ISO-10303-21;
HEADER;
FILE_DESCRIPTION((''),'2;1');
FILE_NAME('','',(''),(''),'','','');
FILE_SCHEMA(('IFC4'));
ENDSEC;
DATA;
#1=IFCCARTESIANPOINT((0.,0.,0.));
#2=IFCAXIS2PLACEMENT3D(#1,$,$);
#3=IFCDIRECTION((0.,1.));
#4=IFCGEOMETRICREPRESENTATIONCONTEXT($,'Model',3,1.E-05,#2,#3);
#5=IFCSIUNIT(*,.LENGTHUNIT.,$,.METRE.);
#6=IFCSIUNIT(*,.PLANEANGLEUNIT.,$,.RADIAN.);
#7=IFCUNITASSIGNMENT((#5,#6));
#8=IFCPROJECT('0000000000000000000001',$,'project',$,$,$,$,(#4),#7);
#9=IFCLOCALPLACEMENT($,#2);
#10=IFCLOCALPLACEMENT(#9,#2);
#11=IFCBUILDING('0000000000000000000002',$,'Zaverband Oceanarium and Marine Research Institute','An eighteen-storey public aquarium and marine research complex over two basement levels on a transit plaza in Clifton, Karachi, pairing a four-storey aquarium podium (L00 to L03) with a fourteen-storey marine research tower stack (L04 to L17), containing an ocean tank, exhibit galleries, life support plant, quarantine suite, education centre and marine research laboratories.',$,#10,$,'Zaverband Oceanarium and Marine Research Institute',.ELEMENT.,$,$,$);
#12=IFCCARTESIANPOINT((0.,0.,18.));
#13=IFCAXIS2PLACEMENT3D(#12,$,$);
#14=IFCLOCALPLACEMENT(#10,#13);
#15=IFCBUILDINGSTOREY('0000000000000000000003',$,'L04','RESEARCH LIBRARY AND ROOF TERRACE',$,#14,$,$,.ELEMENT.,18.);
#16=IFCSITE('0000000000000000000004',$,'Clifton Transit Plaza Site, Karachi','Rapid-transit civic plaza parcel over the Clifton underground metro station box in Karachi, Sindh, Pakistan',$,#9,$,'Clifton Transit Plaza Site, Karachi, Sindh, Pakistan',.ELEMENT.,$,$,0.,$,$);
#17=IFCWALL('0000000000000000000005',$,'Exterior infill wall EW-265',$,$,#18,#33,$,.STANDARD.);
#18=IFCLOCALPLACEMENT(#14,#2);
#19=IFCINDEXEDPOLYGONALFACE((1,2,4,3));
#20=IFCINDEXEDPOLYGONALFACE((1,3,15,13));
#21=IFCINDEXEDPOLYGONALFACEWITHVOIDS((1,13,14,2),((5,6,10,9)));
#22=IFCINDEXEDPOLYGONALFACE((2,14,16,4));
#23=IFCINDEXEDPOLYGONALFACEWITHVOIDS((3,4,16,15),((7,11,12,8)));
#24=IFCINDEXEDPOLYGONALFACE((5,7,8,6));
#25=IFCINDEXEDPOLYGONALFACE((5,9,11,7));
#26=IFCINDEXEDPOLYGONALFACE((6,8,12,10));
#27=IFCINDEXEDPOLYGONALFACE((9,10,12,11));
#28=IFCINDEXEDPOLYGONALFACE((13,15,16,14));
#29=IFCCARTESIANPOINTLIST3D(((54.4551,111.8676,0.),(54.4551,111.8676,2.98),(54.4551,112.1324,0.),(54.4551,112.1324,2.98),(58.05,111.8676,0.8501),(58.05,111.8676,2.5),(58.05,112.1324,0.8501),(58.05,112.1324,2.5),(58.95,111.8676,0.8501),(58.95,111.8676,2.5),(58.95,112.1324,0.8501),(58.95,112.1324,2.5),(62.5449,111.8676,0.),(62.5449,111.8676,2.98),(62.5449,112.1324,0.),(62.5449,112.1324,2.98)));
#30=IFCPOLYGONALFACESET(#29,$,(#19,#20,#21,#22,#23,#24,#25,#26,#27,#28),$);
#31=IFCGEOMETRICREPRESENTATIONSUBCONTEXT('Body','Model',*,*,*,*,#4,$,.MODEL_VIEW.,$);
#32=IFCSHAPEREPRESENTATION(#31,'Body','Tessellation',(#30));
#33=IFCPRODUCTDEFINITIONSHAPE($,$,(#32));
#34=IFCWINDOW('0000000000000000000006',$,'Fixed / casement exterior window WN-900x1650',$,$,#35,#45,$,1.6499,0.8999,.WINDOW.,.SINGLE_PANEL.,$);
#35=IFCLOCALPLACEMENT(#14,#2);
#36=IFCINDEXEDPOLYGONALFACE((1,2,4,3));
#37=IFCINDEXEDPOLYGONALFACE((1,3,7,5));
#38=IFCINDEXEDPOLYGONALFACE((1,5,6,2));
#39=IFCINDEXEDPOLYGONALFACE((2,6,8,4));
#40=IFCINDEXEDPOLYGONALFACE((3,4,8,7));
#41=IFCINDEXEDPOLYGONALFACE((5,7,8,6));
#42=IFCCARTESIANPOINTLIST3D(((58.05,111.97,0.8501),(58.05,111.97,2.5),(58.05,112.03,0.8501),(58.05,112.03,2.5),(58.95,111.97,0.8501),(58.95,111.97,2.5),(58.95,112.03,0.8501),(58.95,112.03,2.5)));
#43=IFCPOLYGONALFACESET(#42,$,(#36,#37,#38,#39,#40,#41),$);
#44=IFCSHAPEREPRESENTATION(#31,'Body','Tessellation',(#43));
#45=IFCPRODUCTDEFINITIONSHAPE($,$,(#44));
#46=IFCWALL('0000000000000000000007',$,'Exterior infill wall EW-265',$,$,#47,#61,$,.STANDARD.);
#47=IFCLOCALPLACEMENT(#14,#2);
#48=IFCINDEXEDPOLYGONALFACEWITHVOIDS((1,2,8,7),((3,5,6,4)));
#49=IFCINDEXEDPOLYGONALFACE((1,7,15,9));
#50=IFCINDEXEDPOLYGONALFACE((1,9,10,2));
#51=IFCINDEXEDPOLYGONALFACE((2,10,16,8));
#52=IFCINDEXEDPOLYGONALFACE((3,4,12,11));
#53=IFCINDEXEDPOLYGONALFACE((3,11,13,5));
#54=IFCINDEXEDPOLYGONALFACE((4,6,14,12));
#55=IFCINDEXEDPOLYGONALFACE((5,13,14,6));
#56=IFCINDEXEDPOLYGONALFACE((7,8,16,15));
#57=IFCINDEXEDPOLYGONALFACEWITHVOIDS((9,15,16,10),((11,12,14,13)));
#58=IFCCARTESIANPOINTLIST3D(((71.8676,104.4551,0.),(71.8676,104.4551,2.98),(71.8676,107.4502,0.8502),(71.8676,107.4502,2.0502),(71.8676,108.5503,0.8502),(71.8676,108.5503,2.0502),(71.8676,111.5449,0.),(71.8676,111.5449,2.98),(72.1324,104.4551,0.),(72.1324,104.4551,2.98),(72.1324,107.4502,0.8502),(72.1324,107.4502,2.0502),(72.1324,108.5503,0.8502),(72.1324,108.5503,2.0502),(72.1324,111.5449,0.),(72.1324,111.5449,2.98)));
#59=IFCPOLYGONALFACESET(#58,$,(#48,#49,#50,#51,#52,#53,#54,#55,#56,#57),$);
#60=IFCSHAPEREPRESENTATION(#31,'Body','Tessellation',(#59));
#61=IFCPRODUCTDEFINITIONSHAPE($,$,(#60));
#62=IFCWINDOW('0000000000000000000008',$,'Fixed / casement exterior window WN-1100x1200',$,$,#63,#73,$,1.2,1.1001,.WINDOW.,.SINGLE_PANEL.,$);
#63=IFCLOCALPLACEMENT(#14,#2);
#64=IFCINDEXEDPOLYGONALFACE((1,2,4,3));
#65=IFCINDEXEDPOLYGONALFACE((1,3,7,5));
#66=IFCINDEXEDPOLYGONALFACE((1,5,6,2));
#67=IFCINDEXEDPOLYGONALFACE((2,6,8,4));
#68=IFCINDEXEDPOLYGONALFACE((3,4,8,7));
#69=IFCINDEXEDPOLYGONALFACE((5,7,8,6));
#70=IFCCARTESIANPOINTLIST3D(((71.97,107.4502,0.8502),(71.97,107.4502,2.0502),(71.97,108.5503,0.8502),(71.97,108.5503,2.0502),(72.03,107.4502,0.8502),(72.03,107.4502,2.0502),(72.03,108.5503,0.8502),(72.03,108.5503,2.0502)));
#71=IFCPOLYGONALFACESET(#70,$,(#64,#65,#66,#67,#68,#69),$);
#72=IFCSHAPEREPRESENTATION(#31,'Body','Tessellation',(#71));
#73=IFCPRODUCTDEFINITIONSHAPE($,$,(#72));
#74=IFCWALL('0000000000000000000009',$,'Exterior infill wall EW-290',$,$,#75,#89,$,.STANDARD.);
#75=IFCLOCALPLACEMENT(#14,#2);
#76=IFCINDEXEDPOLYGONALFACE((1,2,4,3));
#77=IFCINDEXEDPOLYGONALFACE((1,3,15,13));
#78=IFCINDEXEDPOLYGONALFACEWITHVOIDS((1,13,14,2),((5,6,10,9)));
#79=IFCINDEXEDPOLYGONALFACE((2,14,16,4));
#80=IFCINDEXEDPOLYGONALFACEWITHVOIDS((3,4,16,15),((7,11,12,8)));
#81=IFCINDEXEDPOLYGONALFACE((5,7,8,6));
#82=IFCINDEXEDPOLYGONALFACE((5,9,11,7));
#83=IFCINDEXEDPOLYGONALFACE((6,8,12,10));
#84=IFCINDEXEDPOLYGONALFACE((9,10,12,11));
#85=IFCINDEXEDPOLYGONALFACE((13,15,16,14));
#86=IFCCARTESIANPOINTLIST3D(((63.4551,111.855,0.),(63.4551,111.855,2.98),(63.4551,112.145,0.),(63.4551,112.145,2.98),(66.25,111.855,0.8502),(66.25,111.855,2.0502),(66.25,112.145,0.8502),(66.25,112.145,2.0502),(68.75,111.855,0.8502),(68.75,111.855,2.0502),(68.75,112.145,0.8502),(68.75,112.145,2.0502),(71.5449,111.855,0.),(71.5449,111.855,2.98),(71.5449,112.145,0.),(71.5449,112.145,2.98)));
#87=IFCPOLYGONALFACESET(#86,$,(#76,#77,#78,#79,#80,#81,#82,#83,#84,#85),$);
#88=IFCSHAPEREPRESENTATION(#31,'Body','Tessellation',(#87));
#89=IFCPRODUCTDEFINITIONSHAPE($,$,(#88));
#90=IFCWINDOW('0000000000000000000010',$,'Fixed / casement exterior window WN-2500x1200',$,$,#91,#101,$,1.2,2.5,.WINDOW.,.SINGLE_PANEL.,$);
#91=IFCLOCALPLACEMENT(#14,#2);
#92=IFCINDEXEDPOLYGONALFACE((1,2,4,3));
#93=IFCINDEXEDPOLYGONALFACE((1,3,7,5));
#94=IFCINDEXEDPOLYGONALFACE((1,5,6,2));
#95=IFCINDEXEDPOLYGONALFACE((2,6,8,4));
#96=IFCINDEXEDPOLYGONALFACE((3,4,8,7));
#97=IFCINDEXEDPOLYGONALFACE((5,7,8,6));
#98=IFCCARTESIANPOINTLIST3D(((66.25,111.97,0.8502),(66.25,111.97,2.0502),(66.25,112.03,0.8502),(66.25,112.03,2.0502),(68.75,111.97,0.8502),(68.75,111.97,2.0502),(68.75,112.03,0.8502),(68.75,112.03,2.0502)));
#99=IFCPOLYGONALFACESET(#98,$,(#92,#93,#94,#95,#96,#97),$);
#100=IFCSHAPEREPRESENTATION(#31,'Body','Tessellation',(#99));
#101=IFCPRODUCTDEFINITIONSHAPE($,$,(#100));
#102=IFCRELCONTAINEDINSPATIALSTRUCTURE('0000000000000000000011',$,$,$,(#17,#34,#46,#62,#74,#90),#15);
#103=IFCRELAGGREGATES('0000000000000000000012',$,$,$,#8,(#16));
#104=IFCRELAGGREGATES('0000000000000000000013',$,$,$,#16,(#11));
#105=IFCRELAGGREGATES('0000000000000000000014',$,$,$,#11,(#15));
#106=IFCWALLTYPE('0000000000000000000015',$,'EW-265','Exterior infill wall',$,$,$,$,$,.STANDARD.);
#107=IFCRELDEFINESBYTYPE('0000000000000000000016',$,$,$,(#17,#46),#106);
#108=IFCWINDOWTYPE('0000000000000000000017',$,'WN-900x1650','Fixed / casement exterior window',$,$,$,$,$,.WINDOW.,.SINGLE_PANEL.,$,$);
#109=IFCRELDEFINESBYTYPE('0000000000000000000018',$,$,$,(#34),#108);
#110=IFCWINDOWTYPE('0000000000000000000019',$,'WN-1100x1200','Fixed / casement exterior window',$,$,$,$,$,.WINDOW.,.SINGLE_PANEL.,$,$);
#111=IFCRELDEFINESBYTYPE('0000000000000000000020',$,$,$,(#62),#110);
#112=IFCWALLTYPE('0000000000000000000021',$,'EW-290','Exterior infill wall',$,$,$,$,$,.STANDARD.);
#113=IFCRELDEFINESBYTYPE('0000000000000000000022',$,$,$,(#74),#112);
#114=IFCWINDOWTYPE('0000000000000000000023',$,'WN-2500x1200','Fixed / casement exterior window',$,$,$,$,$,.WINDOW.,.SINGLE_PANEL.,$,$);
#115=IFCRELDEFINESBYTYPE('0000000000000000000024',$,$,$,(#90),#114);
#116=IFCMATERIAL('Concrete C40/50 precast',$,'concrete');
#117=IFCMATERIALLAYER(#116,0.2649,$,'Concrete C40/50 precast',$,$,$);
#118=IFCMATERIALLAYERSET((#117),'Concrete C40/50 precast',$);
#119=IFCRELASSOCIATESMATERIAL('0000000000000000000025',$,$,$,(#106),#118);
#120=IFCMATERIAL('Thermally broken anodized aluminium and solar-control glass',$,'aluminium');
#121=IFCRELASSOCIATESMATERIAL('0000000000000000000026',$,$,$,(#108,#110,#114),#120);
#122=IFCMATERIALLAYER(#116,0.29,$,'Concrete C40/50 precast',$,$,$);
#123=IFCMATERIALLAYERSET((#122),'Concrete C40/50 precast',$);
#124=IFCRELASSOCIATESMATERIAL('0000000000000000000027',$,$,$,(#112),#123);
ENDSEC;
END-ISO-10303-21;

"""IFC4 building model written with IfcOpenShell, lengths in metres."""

from ifc_helpers import new_model, si_unit, direction, frame, frame_2d, origin, place, context, subcontext, project, spatial, rectangle, extrude, material, layer, layer_set, type_object, element, fill, save


model = new_model("IFC4")

# Units and contexts
model_context = context("Model", 3, precision=1e-05, world=origin(), true_north=direction((0.0, 1.0)))
body_context = subcontext(model_context, "Body", "Model", "MODEL_VIEW")
ifc_project = project(units=[si_unit("LENGTHUNIT", "METRE"), si_unit("PLANEANGLEUNIT", "RADIAN")], contexts=[model_context])

# Site, building, storey
site_placement = place(None, origin())
site = spatial("IfcSite", under=ifc_project, at=site_placement, Name="Clifton Transit Plaza Site, Karachi", Description="Rapid-transit civic plaza parcel over the Clifton underground metro station box in Karachi, Sindh, Pakistan", LongName="Clifton Transit Plaza Site, Karachi, Sindh, Pakistan", CompositionType="ELEMENT", RefElevation=0.0)
building_placement = place(site_placement, origin())
building = spatial("IfcBuilding", under=site, at=building_placement, Name="Zaverband Oceanarium and Marine Research Institute", Description="An eighteen-storey public aquarium and marine research complex over two basement levels on a transit plaza in Clifton, Karachi, pairing a four-storey aquarium podium (L00 to L03) with a fourteen-storey marine research tower stack (L04 to L17), containing an ocean tank, exhibit galleries, life support plant, quarantine suite, education centre and marine research laboratories.", LongName="Zaverband Oceanarium and Marine Research Institute", CompositionType="ELEMENT")
storey_placement = place(building_placement, frame((0.0, 0.0, 18.0)))
storey = spatial("IfcBuildingStorey", under=building, at=storey_placement, Name="L04", Description="RESEARCH LIBRARY AND ROOF TERRACE", CompositionType="ELEMENT", Elevation=18.0)

# Walls, openings, windows
ifc_material_1 = material(Name="Concrete C40/50 precast", Category="concrete")
ifc_layer_1 = layer(ifc_material_1, 0.2649, Name="Concrete C40/50 precast")
ifc_layer_set_1 = layer_set([ifc_layer_1], Name="Concrete C40/50 precast")
wall_type_1 = type_object("IfcWallType", Name="EW-265", Description="Exterior infill wall", PredefinedType="STANDARD", material=ifc_layer_set_1)
wall_1_placement = place(storey_placement, frame((54.4551, 112.0, 0.0), z_axis=(0.0, 0.0, 1.0), x_axis=(1.0, 0.0, 0.0)))
wall_1 = element("IfcWall", 1, at=wall_1_placement, inside=storey, type_object=wall_type_1, Name="Exterior infill wall EW-265", PredefinedType="STANDARD", context=body_context, shape_type="SweptSolid", body=[
    extrude(rectangle(XDim=8.0898, YDim=0.2649, at=frame_2d((4.0449, 0.0))), origin(), (0.0, 0.0, 1.0), 2.98),
])
opening_1_placement = place(wall_1_placement, frame((3.595, 0.0, 0.8501)))
opening_1 = element("IfcOpeningElement", 2, at=opening_1_placement, cuts=wall_1, PredefinedType="OPENING", context=body_context, shape_type="SweptSolid", body=[
    extrude(rectangle(XDim=0.8999, YDim=1.6499, at=frame_2d((0.45, 0.825))), frame((0.0, 0.1445, 0.0), z_axis=(0.0, -1.0, 0.0), x_axis=(1.0, 0.0, 0.0)), (0.0, 0.0, 1.0), 0.2888),
])
ifc_material_2 = material(Name="Thermally broken anodized aluminium and solar-control glass", Category="aluminium")
window_type_1 = type_object("IfcWindowType", Name="WN-900x1650", Description="Fixed / casement exterior window", PartitioningType="SINGLE_PANEL", PredefinedType="WINDOW", material=ifc_material_2)
window_1_placement = place(opening_1_placement, origin())
window_1 = element("IfcWindow", 3, at=window_1_placement, inside=storey, type_object=window_type_1, Name="Fixed / casement exterior window WN-900x1650", OverallHeight=1.6499, OverallWidth=0.8999, PartitioningType="SINGLE_PANEL", PredefinedType="WINDOW", context=body_context, shape_type="SweptSolid", body=[
    extrude(rectangle(XDim=0.8999, YDim=1.6499, at=frame_2d((0.45, 0.825))), frame((0.0, 0.03, 0.0), z_axis=(0.0, -1.0, 0.0), x_axis=(1.0, 0.0, 0.0)), (0.0, 0.0, 1.0), 0.0601),
])
fill(opening_1, window_1)
wall_2_placement = place(storey_placement, frame((72.0, 104.4551, 0.0), z_axis=(0.0, 0.0, 1.0), x_axis=(0.0, 1.0, 0.0)))
wall_2 = element("IfcWall", 4, at=wall_2_placement, inside=storey, type_object=wall_type_1, Name="Exterior infill wall EW-265", PredefinedType="STANDARD", context=body_context, shape_type="SweptSolid", body=[
    extrude(rectangle(XDim=7.0898, YDim=0.2649, at=frame_2d((3.5449, 0.0))), origin(), (0.0, 0.0, 1.0), 2.98),
])
opening_2_placement = place(wall_2_placement, frame((2.9951, 0.0, 0.8501)))
opening_2 = element("IfcOpeningElement", 5, at=opening_2_placement, cuts=wall_2, PredefinedType="OPENING", context=body_context, shape_type="SweptSolid", body=[
    extrude(rectangle(XDim=1.1001, YDim=1.2, at=frame_2d((0.55, 0.6001))), frame((0.0, 0.1445, 0.0), z_axis=(0.0, -1.0, 0.0), x_axis=(1.0, 0.0, 0.0)), (0.0, 0.0, 1.0), 0.2888),
])
window_type_2 = type_object("IfcWindowType", Name="WN-1100x1200", Description="Fixed / casement exterior window", PartitioningType="SINGLE_PANEL", PredefinedType="WINDOW", material=ifc_material_2)
window_2_placement = place(opening_2_placement, origin())
window_2 = element("IfcWindow", 6, at=window_2_placement, inside=storey, type_object=window_type_2, Name="Fixed / casement exterior window WN-1100x1200", OverallHeight=1.2, OverallWidth=1.1001, PartitioningType="SINGLE_PANEL", PredefinedType="WINDOW", context=body_context, shape_type="SweptSolid", body=[
    extrude(rectangle(XDim=1.1001, YDim=1.2, at=frame_2d((0.55, 0.6001))), frame((0.0, 0.03, 0.0), z_axis=(0.0, -1.0, 0.0), x_axis=(1.0, 0.0, 0.0)), (0.0, 0.0, 1.0), 0.0601),
])
fill(opening_2, window_2)
ifc_layer_2 = layer(ifc_material_1, 0.29, Name="Concrete C40/50 precast")
ifc_layer_set_2 = layer_set([ifc_layer_2], Name="Concrete C40/50 precast")
wall_type_2 = type_object("IfcWallType", Name="EW-290", Description="Exterior infill wall", PredefinedType="STANDARD", material=ifc_layer_set_2)
wall_3_placement = place(storey_placement, frame((63.4551, 112.0, 0.0), z_axis=(0.0, 0.0, 1.0), x_axis=(1.0, 0.0, 0.0)))
wall_3 = element("IfcWall", 7, at=wall_3_placement, inside=storey, type_object=wall_type_2, Name="Exterior infill wall EW-290", PredefinedType="STANDARD", context=body_context, shape_type="SweptSolid", body=[
    extrude(rectangle(XDim=8.0898, YDim=0.29, at=frame_2d((4.0449, 0.0))), origin(), (0.0, 0.0, 1.0), 2.98),
])
opening_3_placement = place(wall_3_placement, frame((2.7949, 0.0, 0.8501)))
opening_3 = element("IfcOpeningElement", 8, at=opening_3_placement, cuts=wall_3, PredefinedType="OPENING", context=body_context, shape_type="SweptSolid", body=[
    extrude(rectangle(XDim=2.5, YDim=1.2, at=frame_2d((1.25, 0.6001))), frame((0.0, 0.157, 0.0), z_axis=(0.0, -1.0, 0.0), x_axis=(1.0, 0.0, 0.0)), (0.0, 0.0, 1.0), 0.314),
])
window_type_3 = type_object("IfcWindowType", Name="WN-2500x1200", Description="Fixed / casement exterior window", PartitioningType="SINGLE_PANEL", PredefinedType="WINDOW", material=ifc_material_2)
window_3_placement = place(opening_3_placement, origin())
window_3 = element("IfcWindow", 9, at=window_3_placement, inside=storey, type_object=window_type_3, Name="Fixed / casement exterior window WN-2500x1200", OverallHeight=1.2, OverallWidth=2.5, PartitioningType="SINGLE_PANEL", PredefinedType="WINDOW", context=body_context, shape_type="SweptSolid", body=[
    extrude(rectangle(XDim=2.5, YDim=1.2, at=frame_2d((1.25, 0.6001))), frame((0.0, 0.03, 0.0), z_axis=(0.0, -1.0, 0.0), x_axis=(1.0, 0.0, 0.0)), (0.0, 0.0, 1.0), 0.0601),
])
fill(opening_3, window_3)

save(model, "model.ifc")
